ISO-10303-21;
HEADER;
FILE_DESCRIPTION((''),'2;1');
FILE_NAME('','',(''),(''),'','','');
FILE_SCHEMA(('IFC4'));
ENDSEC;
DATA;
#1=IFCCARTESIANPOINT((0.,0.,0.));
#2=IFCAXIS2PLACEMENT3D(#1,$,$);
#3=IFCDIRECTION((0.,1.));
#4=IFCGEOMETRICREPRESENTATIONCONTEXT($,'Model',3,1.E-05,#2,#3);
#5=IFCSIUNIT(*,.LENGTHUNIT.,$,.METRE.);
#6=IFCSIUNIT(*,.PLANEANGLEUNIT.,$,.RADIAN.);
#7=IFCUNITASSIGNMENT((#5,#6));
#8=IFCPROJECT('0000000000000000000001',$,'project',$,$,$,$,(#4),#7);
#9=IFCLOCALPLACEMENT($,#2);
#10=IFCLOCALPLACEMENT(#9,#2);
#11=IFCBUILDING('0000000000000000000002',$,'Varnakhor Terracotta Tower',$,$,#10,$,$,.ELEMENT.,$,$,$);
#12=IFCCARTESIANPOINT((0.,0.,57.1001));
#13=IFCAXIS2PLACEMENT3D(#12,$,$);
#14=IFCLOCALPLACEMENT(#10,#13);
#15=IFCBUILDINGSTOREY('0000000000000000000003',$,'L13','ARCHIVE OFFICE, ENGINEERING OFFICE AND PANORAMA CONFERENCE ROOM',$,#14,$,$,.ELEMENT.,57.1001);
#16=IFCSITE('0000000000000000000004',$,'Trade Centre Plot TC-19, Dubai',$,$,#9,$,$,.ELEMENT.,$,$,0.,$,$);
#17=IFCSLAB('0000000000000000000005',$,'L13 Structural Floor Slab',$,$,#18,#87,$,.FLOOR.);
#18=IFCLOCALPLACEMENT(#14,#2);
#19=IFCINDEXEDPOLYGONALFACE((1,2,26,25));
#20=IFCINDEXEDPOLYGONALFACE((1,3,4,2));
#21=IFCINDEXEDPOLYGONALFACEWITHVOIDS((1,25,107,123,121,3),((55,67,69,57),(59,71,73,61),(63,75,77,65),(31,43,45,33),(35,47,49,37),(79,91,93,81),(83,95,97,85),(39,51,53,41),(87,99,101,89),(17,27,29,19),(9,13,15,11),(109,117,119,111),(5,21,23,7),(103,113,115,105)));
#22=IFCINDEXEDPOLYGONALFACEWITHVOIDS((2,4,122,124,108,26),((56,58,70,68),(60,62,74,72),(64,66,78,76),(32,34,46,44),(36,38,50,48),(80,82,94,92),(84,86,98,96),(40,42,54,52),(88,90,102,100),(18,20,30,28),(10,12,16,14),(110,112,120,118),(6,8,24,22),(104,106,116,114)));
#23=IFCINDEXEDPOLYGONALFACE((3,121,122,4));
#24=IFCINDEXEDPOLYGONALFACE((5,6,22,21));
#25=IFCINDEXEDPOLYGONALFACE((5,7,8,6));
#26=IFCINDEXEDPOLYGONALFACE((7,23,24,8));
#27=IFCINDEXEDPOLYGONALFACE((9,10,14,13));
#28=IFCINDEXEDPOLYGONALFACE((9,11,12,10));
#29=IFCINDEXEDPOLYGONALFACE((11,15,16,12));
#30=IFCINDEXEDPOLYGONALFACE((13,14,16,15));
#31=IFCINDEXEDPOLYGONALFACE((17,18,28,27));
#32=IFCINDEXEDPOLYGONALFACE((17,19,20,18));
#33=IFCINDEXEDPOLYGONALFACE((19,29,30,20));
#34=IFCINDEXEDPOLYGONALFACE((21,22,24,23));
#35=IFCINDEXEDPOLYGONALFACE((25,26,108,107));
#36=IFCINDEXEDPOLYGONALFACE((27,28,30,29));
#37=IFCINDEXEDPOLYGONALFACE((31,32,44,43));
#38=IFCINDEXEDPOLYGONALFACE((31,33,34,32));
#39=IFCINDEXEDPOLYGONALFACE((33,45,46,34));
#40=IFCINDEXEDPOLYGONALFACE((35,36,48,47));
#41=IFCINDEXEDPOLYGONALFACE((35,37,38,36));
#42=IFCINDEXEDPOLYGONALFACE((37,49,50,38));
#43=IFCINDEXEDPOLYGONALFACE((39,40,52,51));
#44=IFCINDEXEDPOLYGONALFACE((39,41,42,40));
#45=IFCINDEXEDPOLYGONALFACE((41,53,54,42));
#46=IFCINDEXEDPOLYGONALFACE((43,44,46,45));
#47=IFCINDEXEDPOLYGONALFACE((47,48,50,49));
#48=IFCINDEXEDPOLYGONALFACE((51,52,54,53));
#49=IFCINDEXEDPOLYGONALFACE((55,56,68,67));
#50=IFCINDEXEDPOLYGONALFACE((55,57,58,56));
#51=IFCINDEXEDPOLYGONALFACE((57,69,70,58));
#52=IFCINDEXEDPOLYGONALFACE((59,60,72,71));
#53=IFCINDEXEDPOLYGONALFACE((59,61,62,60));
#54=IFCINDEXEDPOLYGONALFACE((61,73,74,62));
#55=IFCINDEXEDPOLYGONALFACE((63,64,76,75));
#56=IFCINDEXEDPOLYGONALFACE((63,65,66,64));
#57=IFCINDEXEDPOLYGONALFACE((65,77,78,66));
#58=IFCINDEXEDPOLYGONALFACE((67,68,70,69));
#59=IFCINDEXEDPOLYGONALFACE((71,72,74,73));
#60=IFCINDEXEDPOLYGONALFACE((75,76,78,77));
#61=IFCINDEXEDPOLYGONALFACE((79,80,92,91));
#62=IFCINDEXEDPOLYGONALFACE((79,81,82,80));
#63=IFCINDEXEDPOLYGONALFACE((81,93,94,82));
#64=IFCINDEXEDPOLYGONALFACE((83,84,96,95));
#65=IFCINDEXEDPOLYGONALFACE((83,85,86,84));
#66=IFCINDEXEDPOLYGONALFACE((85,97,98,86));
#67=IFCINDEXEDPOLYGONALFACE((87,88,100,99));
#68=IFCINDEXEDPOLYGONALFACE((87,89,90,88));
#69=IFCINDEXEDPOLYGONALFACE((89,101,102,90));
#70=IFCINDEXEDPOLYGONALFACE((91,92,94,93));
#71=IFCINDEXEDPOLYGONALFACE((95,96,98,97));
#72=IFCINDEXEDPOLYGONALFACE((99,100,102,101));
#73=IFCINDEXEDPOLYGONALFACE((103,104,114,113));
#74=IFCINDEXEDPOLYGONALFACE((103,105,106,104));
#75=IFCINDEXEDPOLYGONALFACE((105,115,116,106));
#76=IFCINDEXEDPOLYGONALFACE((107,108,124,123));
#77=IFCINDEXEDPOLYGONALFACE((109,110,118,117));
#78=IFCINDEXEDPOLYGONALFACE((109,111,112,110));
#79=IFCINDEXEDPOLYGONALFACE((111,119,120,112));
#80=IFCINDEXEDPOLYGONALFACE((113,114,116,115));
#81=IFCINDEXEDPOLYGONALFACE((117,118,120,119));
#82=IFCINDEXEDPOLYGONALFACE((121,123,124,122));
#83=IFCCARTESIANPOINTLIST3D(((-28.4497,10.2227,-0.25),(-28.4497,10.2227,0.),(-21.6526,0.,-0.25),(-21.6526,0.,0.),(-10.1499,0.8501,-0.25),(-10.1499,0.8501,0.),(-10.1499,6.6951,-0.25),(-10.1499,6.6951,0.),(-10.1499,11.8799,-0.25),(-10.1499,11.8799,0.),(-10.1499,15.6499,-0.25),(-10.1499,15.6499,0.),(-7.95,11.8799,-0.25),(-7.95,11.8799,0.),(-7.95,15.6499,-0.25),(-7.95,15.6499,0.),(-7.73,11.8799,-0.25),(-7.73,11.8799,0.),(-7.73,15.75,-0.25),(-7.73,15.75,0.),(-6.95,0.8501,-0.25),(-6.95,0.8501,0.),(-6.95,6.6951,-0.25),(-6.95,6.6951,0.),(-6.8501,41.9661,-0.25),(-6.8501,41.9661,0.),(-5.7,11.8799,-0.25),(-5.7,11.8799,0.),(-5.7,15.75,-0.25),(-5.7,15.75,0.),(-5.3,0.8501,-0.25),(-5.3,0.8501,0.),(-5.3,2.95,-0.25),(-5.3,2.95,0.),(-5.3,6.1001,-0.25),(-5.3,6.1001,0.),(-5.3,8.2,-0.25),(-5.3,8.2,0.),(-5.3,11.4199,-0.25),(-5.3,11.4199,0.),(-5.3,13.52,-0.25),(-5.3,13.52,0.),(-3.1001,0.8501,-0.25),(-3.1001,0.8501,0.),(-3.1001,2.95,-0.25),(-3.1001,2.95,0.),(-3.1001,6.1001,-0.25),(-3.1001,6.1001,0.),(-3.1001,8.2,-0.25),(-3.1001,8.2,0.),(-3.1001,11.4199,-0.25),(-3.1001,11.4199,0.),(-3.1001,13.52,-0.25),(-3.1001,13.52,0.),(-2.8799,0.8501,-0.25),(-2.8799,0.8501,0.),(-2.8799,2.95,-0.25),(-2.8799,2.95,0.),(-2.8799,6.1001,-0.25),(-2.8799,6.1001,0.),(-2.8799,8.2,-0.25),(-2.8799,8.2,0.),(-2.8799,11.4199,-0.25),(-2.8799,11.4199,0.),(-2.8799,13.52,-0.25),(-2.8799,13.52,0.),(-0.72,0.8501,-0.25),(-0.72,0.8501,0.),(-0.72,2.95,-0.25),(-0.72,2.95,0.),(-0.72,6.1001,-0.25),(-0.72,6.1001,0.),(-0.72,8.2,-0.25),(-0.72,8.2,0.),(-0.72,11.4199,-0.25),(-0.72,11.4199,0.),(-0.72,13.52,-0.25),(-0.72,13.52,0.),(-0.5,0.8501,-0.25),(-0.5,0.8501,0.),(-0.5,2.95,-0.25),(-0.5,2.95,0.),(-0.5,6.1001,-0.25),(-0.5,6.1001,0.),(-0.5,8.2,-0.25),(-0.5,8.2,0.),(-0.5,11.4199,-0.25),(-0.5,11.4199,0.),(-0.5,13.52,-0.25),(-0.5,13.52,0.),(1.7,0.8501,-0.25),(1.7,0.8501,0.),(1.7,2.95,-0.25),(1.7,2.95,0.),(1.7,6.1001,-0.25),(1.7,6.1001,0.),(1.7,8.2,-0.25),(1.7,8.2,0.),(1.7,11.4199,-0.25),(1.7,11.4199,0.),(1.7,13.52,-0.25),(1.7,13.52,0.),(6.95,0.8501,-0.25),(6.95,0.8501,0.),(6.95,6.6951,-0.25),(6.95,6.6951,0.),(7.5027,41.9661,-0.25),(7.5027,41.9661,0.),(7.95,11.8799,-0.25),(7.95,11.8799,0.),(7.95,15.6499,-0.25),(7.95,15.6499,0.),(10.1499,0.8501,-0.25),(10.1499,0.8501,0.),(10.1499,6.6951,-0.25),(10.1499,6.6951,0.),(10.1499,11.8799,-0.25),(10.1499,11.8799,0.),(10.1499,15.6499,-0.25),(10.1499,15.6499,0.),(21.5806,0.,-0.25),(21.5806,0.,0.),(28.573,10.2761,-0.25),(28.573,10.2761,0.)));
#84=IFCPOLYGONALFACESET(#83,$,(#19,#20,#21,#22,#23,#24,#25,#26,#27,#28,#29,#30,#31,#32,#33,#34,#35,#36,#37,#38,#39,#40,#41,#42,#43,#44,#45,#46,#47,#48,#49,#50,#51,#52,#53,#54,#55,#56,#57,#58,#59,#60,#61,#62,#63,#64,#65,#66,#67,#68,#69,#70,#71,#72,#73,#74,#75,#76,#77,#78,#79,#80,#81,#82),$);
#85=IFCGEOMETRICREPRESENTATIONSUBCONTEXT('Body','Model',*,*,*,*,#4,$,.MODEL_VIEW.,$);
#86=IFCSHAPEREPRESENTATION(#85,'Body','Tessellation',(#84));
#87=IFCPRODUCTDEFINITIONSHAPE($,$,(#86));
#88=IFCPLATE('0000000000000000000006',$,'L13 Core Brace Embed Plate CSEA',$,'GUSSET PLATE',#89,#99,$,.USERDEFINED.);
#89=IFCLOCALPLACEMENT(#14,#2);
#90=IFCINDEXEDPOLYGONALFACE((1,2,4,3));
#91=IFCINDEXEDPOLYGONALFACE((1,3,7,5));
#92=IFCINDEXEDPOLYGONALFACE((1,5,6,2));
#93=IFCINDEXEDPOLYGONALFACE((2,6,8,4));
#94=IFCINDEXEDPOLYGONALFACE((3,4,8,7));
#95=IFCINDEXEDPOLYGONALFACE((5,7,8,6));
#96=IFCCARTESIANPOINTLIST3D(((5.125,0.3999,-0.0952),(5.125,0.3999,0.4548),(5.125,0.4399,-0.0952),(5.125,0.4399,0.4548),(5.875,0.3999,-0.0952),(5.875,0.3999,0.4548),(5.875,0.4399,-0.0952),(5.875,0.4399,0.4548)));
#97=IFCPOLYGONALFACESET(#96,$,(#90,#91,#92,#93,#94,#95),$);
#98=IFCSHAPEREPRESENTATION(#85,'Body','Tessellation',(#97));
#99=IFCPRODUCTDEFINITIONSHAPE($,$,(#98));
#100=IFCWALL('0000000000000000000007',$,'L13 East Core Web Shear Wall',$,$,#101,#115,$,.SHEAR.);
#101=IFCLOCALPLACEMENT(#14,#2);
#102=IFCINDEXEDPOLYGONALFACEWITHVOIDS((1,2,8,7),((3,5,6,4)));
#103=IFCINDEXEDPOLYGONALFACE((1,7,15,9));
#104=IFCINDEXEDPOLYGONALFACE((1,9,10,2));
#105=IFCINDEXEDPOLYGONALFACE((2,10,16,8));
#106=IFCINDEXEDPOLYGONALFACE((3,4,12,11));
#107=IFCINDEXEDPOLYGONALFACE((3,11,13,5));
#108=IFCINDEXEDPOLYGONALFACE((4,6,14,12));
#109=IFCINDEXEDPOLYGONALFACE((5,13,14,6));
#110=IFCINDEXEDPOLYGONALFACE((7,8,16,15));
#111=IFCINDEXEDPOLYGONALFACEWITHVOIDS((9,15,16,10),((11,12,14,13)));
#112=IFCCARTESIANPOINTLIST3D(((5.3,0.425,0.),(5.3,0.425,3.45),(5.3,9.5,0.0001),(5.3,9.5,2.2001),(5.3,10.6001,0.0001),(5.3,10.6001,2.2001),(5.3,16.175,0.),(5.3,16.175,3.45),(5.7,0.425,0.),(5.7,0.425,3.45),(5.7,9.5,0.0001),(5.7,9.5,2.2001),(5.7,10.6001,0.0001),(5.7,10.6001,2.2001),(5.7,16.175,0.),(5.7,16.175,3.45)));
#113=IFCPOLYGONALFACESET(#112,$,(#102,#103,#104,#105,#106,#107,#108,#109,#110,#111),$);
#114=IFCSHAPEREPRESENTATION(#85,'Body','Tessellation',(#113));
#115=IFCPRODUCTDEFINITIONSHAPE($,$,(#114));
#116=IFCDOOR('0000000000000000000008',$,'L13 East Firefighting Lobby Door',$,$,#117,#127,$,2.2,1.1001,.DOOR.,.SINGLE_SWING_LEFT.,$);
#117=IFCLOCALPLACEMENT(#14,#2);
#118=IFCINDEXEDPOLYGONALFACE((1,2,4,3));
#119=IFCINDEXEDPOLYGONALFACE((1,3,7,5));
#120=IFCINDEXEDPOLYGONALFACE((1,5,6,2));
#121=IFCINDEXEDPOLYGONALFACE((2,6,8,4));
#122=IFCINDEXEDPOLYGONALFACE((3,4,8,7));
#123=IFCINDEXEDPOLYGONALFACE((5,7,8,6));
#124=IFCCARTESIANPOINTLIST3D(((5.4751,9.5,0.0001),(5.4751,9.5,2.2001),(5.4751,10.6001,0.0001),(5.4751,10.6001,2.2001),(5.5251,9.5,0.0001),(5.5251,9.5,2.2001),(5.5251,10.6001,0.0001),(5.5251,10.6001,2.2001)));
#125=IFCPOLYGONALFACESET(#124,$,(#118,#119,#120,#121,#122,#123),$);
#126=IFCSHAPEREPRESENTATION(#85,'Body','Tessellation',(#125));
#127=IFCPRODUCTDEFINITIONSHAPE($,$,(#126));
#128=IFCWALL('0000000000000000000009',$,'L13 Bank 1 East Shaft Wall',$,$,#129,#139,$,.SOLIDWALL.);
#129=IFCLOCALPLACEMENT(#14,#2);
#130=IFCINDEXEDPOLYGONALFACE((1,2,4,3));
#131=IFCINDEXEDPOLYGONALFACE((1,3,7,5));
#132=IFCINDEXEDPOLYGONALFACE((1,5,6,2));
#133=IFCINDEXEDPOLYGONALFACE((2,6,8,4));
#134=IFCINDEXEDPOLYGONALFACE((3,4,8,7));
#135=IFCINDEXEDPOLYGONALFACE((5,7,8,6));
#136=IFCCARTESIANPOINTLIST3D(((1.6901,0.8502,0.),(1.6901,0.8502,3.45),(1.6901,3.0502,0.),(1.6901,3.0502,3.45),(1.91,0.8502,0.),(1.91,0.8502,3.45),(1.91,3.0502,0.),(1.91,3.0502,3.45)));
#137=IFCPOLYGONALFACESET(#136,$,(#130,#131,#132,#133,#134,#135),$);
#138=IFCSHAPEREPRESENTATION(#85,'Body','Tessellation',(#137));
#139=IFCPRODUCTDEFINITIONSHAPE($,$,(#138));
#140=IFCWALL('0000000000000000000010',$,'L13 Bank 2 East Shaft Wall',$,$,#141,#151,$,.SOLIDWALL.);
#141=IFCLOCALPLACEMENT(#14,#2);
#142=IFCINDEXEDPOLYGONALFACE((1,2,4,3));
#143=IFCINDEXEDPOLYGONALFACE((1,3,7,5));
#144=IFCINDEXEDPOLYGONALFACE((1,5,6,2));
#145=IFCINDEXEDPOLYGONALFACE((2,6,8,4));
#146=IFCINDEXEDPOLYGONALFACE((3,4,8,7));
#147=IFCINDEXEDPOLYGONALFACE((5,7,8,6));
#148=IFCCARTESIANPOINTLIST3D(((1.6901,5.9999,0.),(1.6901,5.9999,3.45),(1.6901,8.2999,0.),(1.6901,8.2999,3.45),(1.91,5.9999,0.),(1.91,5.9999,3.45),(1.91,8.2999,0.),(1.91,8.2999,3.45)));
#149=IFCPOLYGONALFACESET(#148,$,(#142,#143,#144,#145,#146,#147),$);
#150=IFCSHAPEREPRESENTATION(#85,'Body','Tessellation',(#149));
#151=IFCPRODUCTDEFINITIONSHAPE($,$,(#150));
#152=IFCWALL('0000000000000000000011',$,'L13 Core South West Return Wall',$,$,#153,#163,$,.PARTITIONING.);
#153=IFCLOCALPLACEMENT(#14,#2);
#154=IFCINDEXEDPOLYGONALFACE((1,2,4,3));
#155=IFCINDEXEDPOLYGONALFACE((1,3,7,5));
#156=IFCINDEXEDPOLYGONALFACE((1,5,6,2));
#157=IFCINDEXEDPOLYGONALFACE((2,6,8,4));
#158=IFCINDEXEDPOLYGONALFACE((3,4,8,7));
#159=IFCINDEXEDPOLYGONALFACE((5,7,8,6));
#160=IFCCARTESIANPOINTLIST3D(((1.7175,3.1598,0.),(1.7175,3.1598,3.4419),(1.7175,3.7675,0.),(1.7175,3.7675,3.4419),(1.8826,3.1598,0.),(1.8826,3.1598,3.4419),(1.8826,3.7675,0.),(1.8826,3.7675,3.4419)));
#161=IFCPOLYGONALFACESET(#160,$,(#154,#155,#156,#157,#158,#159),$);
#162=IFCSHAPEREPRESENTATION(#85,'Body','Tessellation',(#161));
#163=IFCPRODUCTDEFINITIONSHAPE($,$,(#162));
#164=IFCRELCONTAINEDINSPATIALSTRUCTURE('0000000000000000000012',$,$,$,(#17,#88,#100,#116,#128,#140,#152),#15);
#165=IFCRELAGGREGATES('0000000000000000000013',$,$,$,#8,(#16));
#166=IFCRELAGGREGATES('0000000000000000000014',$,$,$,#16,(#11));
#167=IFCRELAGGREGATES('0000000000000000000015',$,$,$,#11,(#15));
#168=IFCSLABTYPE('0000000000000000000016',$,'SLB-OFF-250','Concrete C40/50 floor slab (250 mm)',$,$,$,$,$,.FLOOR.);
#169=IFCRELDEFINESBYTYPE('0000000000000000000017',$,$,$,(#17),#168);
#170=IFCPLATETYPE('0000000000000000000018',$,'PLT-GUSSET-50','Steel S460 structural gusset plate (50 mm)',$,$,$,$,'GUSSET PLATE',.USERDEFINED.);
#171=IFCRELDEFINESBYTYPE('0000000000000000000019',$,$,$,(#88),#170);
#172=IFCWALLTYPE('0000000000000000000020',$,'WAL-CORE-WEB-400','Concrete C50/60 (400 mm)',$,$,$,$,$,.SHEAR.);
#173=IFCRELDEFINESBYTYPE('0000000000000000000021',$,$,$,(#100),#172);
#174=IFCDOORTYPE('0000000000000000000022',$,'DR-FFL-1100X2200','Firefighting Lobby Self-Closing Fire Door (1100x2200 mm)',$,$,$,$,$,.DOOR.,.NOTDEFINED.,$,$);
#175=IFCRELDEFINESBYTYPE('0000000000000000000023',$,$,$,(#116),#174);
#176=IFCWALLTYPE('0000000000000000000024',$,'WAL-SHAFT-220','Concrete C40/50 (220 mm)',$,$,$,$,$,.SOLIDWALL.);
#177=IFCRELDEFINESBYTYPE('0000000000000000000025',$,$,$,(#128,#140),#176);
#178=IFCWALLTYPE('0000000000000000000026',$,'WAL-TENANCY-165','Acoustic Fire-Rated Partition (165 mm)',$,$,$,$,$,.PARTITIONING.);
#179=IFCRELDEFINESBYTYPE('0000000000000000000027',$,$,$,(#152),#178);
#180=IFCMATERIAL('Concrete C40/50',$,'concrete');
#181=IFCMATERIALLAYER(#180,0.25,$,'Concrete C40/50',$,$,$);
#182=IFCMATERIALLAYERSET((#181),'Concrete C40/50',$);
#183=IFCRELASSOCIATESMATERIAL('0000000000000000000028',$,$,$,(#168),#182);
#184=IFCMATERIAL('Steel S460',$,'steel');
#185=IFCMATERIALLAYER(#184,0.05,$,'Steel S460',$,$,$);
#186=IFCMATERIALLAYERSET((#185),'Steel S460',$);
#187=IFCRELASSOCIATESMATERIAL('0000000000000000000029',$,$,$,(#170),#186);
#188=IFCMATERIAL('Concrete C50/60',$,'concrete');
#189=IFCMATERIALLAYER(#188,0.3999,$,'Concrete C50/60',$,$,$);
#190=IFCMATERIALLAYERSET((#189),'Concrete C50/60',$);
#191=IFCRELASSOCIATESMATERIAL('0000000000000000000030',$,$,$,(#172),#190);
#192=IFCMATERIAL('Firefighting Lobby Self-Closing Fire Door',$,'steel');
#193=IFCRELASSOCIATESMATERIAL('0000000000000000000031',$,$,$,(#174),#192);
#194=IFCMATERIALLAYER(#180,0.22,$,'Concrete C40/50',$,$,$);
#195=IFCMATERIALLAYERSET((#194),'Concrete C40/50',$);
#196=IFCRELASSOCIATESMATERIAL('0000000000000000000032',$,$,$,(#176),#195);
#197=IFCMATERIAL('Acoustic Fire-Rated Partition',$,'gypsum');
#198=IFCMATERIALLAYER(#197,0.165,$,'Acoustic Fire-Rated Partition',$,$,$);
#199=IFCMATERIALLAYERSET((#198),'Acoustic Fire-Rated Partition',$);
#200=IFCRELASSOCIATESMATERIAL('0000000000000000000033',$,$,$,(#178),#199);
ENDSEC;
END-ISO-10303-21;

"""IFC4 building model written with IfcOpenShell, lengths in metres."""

from ifc_helpers import new_model, si_unit, direction, frame, frame_2d, origin, origin_2d, place, context, subcontext, project, spatial, polyline, rectangle, outline, extrude, source, transform, mapped, material, layer, layer_set, type_object, type_shapes, element, fill, save


model = new_model("IFC4")

# Units and contexts
model_context = context("Model", 3, precision=1e-05, world=origin(), true_north=direction((0.0, 1.0)))
body_context = subcontext(model_context, "Body", "Model", "MODEL_VIEW")
ifc_project = project(units=[si_unit("LENGTHUNIT", "METRE"), si_unit("PLANEANGLEUNIT", "RADIAN")], contexts=[model_context])

# Site, building, storey
site_placement = place(None, origin())
site = spatial("IfcSite", under=ifc_project, at=site_placement, Name="Trade Centre Plot TC-19, Dubai", CompositionType="ELEMENT", RefElevation=0.0)
building_placement = place(site_placement, origin())
building = spatial("IfcBuilding", under=site, at=building_placement, Name="Varnakhor Terracotta Tower", CompositionType="ELEMENT")
storey_placement = place(building_placement, frame((0.0, 0.0, 57.1001)))
storey = spatial("IfcBuildingStorey", under=building, at=storey_placement, Name="L13", Description="ARCHIVE OFFICE, ENGINEERING OFFICE AND PANORAMA CONFERENCE ROOM", CompositionType="ELEMENT", Elevation=57.1001)

# Shared definitions
ifc_material_1 = material(Name="Concrete C50/60", Category="concrete")

# Shared definitions
ifc_material_2 = material(Name="Steel S460", Category="steel")

# Shared definitions
ifc_material_3 = material(Name="Concrete C40/50", Category="concrete")

# Slab
ifc_layer_1 = layer(ifc_material_3, 0.25, Name="Concrete C40/50")
ifc_layer_set_1 = layer_set([ifc_layer_1], Name="Concrete C40/50")
slab_type_1 = type_object("IfcSlabType", Name="SLB-OFF-250", Description="Concrete C40/50 floor slab (250 mm)", PredefinedType="FLOOR", material=ifc_layer_set_1)
slab_1_placement = place(storey_placement, frame((0.0, 0.0, -0.25)))
element("IfcSlab", 1, at=slab_1_placement, inside=storey, type_object=slab_type_1, Name="L13 Structural Floor Slab", PredefinedType="FLOOR", context=body_context, shape_type="SweptSolid", body=[
    extrude(outline(polyline([(-28.4497, 10.2227), (-6.8501, 41.9661), (7.5027, 41.9661), (28.573, 10.2761), (21.5806, 0.0), (-21.6526, 0.0), (-28.4497, 10.2227)]), holes=[polyline([(-3.1001, 0.8501), (-3.1001, 2.95), (-5.3, 2.95), (-5.3, 0.8501), (-3.1001, 0.8501)]), polyline([(-2.8799, 0.8501), (-0.72, 0.8501), (-0.72, 2.95), (-2.8799, 2.95), (-2.8799, 0.8501)]), polyline([(-10.1499, 0.8501), (-6.95, 0.8501), (-6.95, 6.6951), (-10.1499, 6.6951), (-10.1499, 0.8501)]), polyline([(-5.3, 6.1001), (-3.1001, 6.1001), (-3.1001, 8.2), (-5.3, 8.2), (-5.3, 6.1001)]), polyline([(-5.3, 11.4199), (-3.1001, 11.4199), (-3.1001, 13.52), (-5.3, 13.52), (-5.3, 11.4199)]), polyline([(-10.1499, 11.8799), (-7.95, 11.8799), (-7.95, 15.6499), (-10.1499, 15.6499), (-10.1499, 11.8799)]), polyline([(-7.73, 11.8799), (-5.7, 11.8799), (-5.7, 15.75), (-7.73, 15.75), (-7.73, 11.8799)]), polyline([(1.7, 0.8501), (1.7, 2.95), (-0.5, 2.95), (-0.5, 0.8501), (1.7, 0.8501)]), polyline([(6.95, 0.8501), (10.1499, 0.8501), (10.1499, 6.6951), (6.95, 6.6951), (6.95, 0.8501)]), polyline([(-2.8799, 6.1001), (-0.72, 6.1001), (-0.72, 8.2), (-2.8799, 8.2), (-2.8799, 6.1001)]), polyline([(-0.5, 6.1001), (1.7, 6.1001), (1.7, 8.2), (-0.5, 8.2), (-0.5, 6.1001)]), polyline([(-2.8799, 11.4199), (-0.72, 11.4199), (-0.72, 13.52), (-2.8799, 13.52), (-2.8799, 11.4199)]), polyline([(-0.5, 11.4199), (1.7, 11.4199), (1.7, 13.52), (-0.5, 13.52), (-0.5, 11.4199)]), polyline([(7.95, 11.8799), (10.1499, 11.8799), (10.1499, 15.6499), (7.95, 15.6499), (7.95, 11.8799)])]), origin(), (0.0, 0.0, 1.0), 0.25),
])

# Plate
ifc_layer_2 = layer(ifc_material_2, 0.05, Name="Steel S460")
ifc_layer_set_2 = layer_set([ifc_layer_2], Name="Steel S460")
plate_type = type_object("IfcPlateType", Name="PLT-GUSSET-50", Description="Steel S460 structural gusset plate (50 mm)", ElementType="GUSSET PLATE", PredefinedType="USERDEFINED", material=ifc_layer_set_2)
shared_shape_1 = source(origin(), body_context, "Body", "SweptSolid", [
    extrude(rectangle(XDim=0.75, YDim=0.04, at=origin_2d()), origin(), (0.0, 0.0, 1.0), 0.55),
])
type_shapes(plate_type, [shared_shape_1])
plate_placement = place(storey_placement, frame((5.5, 0.4199, -0.0952), z_axis=(0.0, 0.0, 1.0), x_axis=(1.0, 0.0, 0.0)))
element("IfcPlate", 2, at=plate_placement, inside=storey, type_object=plate_type, Name="L13 Core Brace Embed Plate CSEA", ObjectType="GUSSET PLATE", PredefinedType="USERDEFINED", context=body_context, shape_type="MappedRepresentation", body=[
    mapped(shared_shape_1, transform((0.0, 0.0, 0.0), scale=1.0)),
])

# Wall, opening, door
ifc_layer_3 = layer(ifc_material_1, 0.3999, Name="Concrete C50/60")
ifc_layer_set_3 = layer_set([ifc_layer_3], Name="Concrete C50/60")
wall_type_1 = type_object("IfcWallType", Name="WAL-CORE-WEB-400", Description="Concrete C50/60 (400 mm)", PredefinedType="SHEAR", material=ifc_layer_set_3)
wall_1_placement = place(storey_placement, frame((5.5, 0.425, 0.0), z_axis=(0.0, 0.0, 1.0), x_axis=(0.0, 1.0, 0.0)))
wall_1 = element("IfcWall", 3, at=wall_1_placement, inside=storey, type_object=wall_type_1, Name="L13 East Core Web Shear Wall", PredefinedType="SHEAR", context=body_context, shape_type="SweptSolid", body=[
    extrude(rectangle(XDim=15.75, YDim=0.3999, at=frame_2d((7.875, 0.0))), origin(), (0.0, 0.0, 1.0), 3.45),
])
opening_1_placement = place(wall_1_placement, frame((9.075, 0.0, 0.0)))
opening_1 = element("IfcOpeningElement", 4, at=opening_1_placement, cuts=wall_1, PredefinedType="OPENING", context=body_context, shape_type="SweptSolid", body=[
    extrude(rectangle(XDim=1.1001, YDim=2.2, at=frame_2d((0.55, 1.1001))), frame((0.0, 0.21, 0.0), z_axis=(0.0, -1.0, 0.0), x_axis=(1.0, 0.0, 0.0)), (0.0, 0.0, 1.0), 0.4199),
])
ifc_material_4 = material(Name="Firefighting Lobby Self-Closing Fire Door", Category="steel")
door_type_1 = type_object("IfcDoorType", Name="DR-FFL-1100X2200", Description="Firefighting Lobby Self-Closing Fire Door (1100x2200 mm)", OperationType="NOTDEFINED", PredefinedType="DOOR", material=ifc_material_4)
shared_shape_2 = source(origin(), body_context, "Body", "SweptSolid", [
    extrude(rectangle(XDim=1.1001, YDim=2.2, at=frame_2d((0.55, 1.1001))), frame((0.0, 0.0249, 0.0), z_axis=(0.0, -1.0, 0.0), x_axis=(1.0, 0.0, 0.0)), (0.0, 0.0, 1.0), 0.05),
])
type_shapes(door_type_1, [shared_shape_2])
door_1_placement = place(opening_1_placement, origin())
door_1 = element("IfcDoor", 5, at=door_1_placement, inside=storey, type_object=door_type_1, Name="L13 East Firefighting Lobby Door", OperationType="SINGLE_SWING_LEFT", OverallHeight=2.2, OverallWidth=1.1001, PredefinedType="DOOR", context=body_context, shape_type="MappedRepresentation", body=[
    mapped(shared_shape_2, transform((0.0, 0.0, 0.0), scale=1.0)),
])
fill(opening_1, door_1)

# Walls
ifc_layer_4 = layer(ifc_material_3, 0.22, Name="Concrete C40/50")
ifc_layer_set_4 = layer_set([ifc_layer_4], Name="Concrete C40/50")
wall_type_2 = type_object("IfcWallType", Name="WAL-SHAFT-220", Description="Concrete C40/50 (220 mm)", PredefinedType="SOLIDWALL", material=ifc_layer_set_4)
wall_2_placement = place(storey_placement, frame((1.8, 0.8501, 0.0), z_axis=(0.0, 0.0, 1.0), x_axis=(0.0, 1.0, 0.0)))
element("IfcWall", 6, at=wall_2_placement, inside=storey, type_object=wall_type_2, Name="L13 Bank 1 East Shaft Wall", PredefinedType="SOLIDWALL", context=body_context, shape_type="SweptSolid", body=[
    extrude(rectangle(XDim=2.2, YDim=0.22, at=frame_2d((1.1001, 0.0))), origin(), (0.0, 0.0, 1.0), 3.45),
])
wall_3_placement = place(storey_placement, frame((1.8, 6.0, 0.0), z_axis=(0.0, 0.0, 1.0), x_axis=(0.0, 1.0, 0.0)))
element("IfcWall", 7, at=wall_3_placement, inside=storey, type_object=wall_type_2, Name="L13 Bank 2 East Shaft Wall", PredefinedType="SOLIDWALL", context=body_context, shape_type="SweptSolid", body=[
    extrude(rectangle(XDim=2.3, YDim=0.22, at=frame_2d((1.1499, 0.0))), origin(), (0.0, 0.0, 1.0), 3.45),
])
ifc_material_5 = material(Name="Acoustic Fire-Rated Partition", Category="gypsum")
ifc_layer_5 = layer(ifc_material_5, 0.165, Name="Acoustic Fire-Rated Partition")
ifc_layer_set_5 = layer_set([ifc_layer_5], Name="Acoustic Fire-Rated Partition")
wall_type_3 = type_object("IfcWallType", Name="WAL-TENANCY-165", Description="Acoustic Fire-Rated Partition (165 mm)", PredefinedType="PARTITIONING", material=ifc_layer_set_5)
wall_4_placement = place(storey_placement, frame((1.8, 3.1599, 0.0), z_axis=(0.0, 0.0, 1.0), x_axis=(0.0, 1.0, 0.0)))
element("IfcWall", 8, at=wall_4_placement, inside=storey, type_object=wall_type_3, Name="L13 Core South West Return Wall", PredefinedType="PARTITIONING", context=body_context, shape_type="SweptSolid", body=[
    extrude(rectangle(XDim=0.6077, YDim=0.165, at=frame_2d((0.3037, 0.0))), origin(), (0.0, 0.0, 1.0), 3.4419),
])

save(model, "model.ifc")
